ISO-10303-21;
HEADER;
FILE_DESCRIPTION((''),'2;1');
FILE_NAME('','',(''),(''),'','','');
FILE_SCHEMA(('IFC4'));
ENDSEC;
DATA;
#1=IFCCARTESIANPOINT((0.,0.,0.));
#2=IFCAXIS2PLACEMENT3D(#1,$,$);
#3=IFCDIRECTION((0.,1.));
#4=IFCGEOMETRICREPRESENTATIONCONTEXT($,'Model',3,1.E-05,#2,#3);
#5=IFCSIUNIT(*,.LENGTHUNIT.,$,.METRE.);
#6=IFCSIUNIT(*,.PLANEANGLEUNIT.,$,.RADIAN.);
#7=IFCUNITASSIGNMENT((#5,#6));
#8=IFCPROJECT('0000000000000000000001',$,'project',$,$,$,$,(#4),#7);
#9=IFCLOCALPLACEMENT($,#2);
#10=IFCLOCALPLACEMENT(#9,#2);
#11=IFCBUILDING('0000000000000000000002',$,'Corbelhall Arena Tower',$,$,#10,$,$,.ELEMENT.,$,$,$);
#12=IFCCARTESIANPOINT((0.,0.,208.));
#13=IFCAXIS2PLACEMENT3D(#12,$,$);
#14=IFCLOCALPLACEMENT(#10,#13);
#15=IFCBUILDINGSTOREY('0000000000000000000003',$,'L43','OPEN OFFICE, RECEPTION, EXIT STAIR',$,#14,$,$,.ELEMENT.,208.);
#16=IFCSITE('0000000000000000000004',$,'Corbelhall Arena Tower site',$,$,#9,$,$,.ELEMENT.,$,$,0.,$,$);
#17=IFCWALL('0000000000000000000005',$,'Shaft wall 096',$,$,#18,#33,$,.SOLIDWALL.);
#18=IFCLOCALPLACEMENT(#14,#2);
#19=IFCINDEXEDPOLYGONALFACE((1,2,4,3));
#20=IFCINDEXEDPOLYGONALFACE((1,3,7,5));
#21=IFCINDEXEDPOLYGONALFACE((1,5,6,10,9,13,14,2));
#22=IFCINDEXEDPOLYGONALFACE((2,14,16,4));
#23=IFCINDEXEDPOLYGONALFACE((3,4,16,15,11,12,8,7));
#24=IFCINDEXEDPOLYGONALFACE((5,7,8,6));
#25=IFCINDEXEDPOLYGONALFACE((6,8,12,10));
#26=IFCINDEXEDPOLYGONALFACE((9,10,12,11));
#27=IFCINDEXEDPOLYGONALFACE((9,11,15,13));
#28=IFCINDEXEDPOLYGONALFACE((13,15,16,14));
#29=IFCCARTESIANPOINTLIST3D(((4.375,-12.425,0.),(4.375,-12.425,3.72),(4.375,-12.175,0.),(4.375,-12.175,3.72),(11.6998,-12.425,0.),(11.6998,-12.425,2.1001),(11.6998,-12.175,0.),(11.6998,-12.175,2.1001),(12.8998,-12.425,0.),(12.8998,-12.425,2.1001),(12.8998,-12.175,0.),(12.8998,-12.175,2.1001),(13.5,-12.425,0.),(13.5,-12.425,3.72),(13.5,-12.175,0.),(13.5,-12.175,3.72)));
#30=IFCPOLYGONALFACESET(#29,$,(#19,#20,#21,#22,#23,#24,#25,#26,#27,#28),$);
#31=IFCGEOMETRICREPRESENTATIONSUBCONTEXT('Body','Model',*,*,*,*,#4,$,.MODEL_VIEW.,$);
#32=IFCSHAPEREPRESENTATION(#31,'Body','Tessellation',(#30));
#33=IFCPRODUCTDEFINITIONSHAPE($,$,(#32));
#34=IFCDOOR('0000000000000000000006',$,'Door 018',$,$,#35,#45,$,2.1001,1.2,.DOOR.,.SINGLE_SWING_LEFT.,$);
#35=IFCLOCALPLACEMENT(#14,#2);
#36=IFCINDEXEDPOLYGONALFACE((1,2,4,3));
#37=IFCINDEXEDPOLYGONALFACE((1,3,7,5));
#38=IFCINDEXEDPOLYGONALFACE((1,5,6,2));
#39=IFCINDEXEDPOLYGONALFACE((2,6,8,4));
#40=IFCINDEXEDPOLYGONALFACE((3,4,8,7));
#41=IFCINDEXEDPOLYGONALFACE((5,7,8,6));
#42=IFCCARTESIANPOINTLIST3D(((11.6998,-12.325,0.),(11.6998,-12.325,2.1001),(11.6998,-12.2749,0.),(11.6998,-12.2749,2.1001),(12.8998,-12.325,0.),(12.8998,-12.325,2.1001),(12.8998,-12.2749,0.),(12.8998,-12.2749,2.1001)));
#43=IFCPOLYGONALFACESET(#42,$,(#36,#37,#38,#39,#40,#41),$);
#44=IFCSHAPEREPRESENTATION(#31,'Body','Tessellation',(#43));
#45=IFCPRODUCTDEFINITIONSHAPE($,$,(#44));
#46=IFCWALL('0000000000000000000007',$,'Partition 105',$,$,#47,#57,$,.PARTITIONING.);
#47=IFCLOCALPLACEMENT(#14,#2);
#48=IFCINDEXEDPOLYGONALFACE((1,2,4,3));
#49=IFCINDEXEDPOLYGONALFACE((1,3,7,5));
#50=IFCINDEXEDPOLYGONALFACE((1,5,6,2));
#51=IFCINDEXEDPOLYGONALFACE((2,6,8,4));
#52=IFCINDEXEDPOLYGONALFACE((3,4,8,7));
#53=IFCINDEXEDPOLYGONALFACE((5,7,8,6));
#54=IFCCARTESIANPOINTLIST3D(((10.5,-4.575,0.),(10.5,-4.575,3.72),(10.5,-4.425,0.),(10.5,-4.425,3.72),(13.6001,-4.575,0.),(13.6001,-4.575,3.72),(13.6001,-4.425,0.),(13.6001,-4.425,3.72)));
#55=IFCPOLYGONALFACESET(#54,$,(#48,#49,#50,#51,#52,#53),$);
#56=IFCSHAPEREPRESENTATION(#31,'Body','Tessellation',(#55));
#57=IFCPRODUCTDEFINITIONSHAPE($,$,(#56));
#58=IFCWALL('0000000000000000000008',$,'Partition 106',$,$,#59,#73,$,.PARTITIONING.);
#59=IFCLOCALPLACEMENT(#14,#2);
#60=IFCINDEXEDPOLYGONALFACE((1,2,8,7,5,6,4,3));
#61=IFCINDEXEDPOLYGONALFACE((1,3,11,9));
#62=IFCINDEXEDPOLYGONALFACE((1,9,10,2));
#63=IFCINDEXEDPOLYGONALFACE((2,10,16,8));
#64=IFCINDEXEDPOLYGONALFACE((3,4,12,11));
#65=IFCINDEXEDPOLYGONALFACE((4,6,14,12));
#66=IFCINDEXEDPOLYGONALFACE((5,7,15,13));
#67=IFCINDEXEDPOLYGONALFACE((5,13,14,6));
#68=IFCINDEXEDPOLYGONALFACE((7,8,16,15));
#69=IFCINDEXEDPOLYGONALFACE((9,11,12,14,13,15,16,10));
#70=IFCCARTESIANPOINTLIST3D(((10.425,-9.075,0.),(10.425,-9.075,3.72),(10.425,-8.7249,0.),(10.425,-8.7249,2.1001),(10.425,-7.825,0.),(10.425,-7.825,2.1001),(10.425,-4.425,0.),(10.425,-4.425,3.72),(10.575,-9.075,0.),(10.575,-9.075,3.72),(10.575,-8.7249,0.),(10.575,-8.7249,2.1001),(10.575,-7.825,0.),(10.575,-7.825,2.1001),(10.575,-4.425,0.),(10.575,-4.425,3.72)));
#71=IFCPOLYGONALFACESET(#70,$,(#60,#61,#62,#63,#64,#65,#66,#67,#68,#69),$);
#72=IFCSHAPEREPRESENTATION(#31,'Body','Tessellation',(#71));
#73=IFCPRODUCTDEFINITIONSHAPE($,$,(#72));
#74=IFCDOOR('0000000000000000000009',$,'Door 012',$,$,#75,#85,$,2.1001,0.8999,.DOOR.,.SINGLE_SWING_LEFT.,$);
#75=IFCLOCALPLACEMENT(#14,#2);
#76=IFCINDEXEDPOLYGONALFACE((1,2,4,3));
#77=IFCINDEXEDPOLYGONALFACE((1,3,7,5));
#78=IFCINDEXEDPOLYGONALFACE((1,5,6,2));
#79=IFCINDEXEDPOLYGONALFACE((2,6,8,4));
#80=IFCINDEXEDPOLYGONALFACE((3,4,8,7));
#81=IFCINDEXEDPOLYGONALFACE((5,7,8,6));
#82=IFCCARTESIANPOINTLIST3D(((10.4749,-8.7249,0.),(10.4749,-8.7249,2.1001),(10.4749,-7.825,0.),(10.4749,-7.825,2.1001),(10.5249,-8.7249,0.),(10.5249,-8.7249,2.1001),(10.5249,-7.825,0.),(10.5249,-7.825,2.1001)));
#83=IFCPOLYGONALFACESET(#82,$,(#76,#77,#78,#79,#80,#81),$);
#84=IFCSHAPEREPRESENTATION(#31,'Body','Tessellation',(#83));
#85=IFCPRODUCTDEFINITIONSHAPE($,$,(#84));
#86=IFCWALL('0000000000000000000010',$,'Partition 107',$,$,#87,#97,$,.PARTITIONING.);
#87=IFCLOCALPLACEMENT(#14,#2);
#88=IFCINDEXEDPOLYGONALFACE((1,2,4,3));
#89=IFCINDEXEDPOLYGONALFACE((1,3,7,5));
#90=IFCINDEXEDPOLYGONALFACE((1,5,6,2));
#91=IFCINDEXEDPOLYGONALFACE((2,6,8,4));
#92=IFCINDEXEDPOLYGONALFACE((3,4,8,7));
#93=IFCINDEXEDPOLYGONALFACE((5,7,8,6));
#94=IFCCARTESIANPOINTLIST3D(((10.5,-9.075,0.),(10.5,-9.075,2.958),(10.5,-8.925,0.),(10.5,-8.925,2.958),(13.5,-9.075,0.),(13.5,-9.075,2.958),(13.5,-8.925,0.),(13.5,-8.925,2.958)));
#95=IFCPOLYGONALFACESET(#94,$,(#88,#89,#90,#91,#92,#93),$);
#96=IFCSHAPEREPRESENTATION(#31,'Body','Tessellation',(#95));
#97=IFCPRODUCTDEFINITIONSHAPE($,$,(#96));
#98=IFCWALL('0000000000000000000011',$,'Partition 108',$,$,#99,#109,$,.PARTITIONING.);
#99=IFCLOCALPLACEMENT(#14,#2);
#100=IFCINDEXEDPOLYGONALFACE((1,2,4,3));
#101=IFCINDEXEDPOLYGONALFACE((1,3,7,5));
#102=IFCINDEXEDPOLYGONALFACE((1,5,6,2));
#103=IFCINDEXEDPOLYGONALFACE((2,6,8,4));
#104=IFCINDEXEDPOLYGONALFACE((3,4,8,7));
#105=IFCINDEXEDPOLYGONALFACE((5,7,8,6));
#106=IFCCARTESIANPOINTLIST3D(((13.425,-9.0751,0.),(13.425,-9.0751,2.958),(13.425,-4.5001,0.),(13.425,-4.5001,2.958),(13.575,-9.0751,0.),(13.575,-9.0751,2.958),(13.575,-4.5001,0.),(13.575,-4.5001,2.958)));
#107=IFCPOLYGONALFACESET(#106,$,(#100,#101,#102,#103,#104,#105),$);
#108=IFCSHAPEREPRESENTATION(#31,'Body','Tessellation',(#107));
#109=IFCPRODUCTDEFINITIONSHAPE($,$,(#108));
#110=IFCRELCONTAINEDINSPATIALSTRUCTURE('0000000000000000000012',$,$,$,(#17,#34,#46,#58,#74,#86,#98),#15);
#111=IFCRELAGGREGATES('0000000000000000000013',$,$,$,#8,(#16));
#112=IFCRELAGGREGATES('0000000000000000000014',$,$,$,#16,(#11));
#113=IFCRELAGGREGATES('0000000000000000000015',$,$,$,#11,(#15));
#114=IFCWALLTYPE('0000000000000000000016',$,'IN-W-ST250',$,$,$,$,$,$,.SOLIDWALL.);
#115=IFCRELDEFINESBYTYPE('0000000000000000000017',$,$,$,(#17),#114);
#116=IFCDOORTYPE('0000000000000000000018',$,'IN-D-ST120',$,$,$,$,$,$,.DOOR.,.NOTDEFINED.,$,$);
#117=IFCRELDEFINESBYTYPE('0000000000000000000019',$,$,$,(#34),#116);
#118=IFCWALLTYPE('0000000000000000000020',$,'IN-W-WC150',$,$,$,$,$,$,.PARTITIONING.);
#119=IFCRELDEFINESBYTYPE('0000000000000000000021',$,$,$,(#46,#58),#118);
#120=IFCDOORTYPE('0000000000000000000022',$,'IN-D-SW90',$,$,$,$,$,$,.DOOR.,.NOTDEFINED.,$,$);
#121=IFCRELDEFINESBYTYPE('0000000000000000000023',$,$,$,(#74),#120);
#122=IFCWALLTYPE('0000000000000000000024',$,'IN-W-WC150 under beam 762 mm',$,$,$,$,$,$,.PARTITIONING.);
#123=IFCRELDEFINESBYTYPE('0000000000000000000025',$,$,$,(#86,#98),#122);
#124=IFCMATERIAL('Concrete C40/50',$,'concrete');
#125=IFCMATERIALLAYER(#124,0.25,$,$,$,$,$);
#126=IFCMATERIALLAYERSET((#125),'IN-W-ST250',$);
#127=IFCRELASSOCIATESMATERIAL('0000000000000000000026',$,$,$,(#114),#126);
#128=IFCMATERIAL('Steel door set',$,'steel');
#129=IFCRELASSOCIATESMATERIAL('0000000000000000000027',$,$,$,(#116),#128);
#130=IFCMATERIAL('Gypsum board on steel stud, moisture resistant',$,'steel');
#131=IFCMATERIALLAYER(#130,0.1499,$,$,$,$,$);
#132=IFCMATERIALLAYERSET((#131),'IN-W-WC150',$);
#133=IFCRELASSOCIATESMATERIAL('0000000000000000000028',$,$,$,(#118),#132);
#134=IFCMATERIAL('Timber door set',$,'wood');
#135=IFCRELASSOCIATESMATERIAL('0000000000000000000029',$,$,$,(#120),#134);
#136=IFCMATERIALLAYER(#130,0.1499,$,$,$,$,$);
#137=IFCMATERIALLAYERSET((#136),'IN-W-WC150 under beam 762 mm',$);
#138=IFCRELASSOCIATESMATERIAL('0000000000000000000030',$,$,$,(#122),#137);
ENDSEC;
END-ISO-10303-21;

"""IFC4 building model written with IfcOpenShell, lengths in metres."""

from ifc_helpers import new_model, si_unit, direction, frame, frame_2d, origin, place, context, subcontext, project, spatial, rectangle, extrude, material, layer, layer_set, type_object, element, fill, save


model = new_model("IFC4")

# Units and contexts
model_context = context("Model", 3, precision=1e-05, world=origin(), true_north=direction((0.0, 1.0)))
body_context = subcontext(model_context, "Body", "Model", "MODEL_VIEW")
ifc_project = project(units=[si_unit("LENGTHUNIT", "METRE"), si_unit("PLANEANGLEUNIT", "RADIAN")], contexts=[model_context])

# Site, building, storey
site_placement = place(None, origin())
site = spatial("IfcSite", under=ifc_project, at=site_placement, Name="Corbelhall Arena Tower site", CompositionType="ELEMENT", RefElevation=0.0)
building_placement = place(site_placement, origin())
building = spatial("IfcBuilding", under=site, at=building_placement, Name="Corbelhall Arena Tower", CompositionType="ELEMENT")
storey_placement = place(building_placement, frame((0.0, 0.0, 208.0)))
storey = spatial("IfcBuildingStorey", under=building, at=storey_placement, Name="L43", Description="OPEN OFFICE, RECEPTION, EXIT STAIR", CompositionType="ELEMENT", Elevation=208.0)

# Shared definitions
ifc_material_1 = material(Name="Steel door set", Category="steel")

# Shared definitions
ifc_material_2 = material(Name="Concrete C40/50", Category="concrete")
ifc_layer_1 = layer(ifc_material_2, 0.25)
ifc_layer_set_1 = layer_set([ifc_layer_1], Name="IN-W-ST250")
wall_type_1 = type_object("IfcWallType", Name="IN-W-ST250", PredefinedType="SOLIDWALL", material=ifc_layer_set_1)

# Wall, opening, door
wall_1_placement = place(storey_placement, frame((13.5, -12.3, 0.0), z_axis=(0.0, 0.0, 1.0), x_axis=(-1.0, 0.0, 0.0)))
wall_1 = element("IfcWall", 1, at=wall_1_placement, inside=storey, type_object=wall_type_1, Name="Shaft wall 096", PredefinedType="SOLIDWALL", context=body_context, shape_type="SweptSolid", body=[
    extrude(rectangle(XDim=9.125, YDim=0.25, at=frame_2d((4.5625, 0.0))), origin(), (0.0, 0.0, 1.0), 3.72),
])
opening_1_placement = place(wall_1_placement, frame((0.6001, 0.0, 0.0)))
opening_1 = element("IfcOpeningElement", 2, at=opening_1_placement, cuts=wall_1, PredefinedType="OPENING", context=body_context, shape_type="SweptSolid", body=[
    extrude(rectangle(XDim=1.2, YDim=2.1001, at=frame_2d((0.6001, 1.05))), frame((0.0, 0.125, 0.0), z_axis=(0.0, -1.0, 0.0), x_axis=(1.0, 0.0, 0.0)), (0.0, 0.0, 1.0), 0.25),
])
door_type_1 = type_object("IfcDoorType", Name="IN-D-ST120", OperationType="NOTDEFINED", PredefinedType="DOOR", material=ifc_material_1)
door_1_placement = place(opening_1_placement, origin())
door_1 = element("IfcDoor", 3, at=door_1_placement, inside=storey, type_object=door_type_1, Name="Door 018", OperationType="SINGLE_SWING_LEFT", OverallHeight=2.1001, OverallWidth=1.2, PredefinedType="DOOR", context=body_context, shape_type="SweptSolid", body=[
    extrude(rectangle(XDim=1.2, YDim=2.1001, at=frame_2d((0.6001, 1.05))), frame((0.0, 0.0249, 0.0), z_axis=(0.0, -1.0, 0.0), x_axis=(1.0, 0.0, 0.0)), (0.0, 0.0, 1.0), 0.05),
])
fill(opening_1, door_1)

# Wall
ifc_material_3 = material(Name="Gypsum board on steel stud, moisture resistant", Category="steel")
ifc_layer_2 = layer(ifc_material_3, 0.1499)
ifc_layer_set_2 = layer_set([ifc_layer_2], Name="IN-W-WC150")
wall_type_2 = type_object("IfcWallType", Name="IN-W-WC150", PredefinedType="PARTITIONING", material=ifc_layer_set_2)
wall_2_placement = place(storey_placement, frame((10.5, -4.5, 0.0), z_axis=(0.0, 0.0, 1.0), x_axis=(1.0, 0.0, 0.0)))
element("IfcWall", 4, at=wall_2_placement, inside=storey, type_object=wall_type_2, Name="Partition 105", PredefinedType="PARTITIONING", context=body_context, shape_type="SweptSolid", body=[
    extrude(rectangle(XDim=3.1001, YDim=0.1499, at=frame_2d((1.55, 0.0))), origin(), (0.0, 0.0, 1.0), 3.72),
])

# Wall, opening, door
wall_3_placement = place(storey_placement, frame((10.5, -4.425, 0.0), z_axis=(0.0, 0.0, 1.0), x_axis=(0.0, -1.0, 0.0)))
wall_3 = element("IfcWall", 5, at=wall_3_placement, inside=storey, type_object=wall_type_2, Name="Partition 106", PredefinedType="PARTITIONING", context=body_context, shape_type="SweptSolid", body=[
    extrude(rectangle(XDim=4.6499, YDim=0.1499, at=frame_2d((2.325, 0.0))), origin(), (0.0, 0.0, 1.0), 3.72),
])
opening_2_placement = place(wall_3_placement, frame((3.3999, 0.0, 0.0)))
opening_2 = element("IfcOpeningElement", 6, at=opening_2_placement, cuts=wall_3, PredefinedType="OPENING", context=body_context, shape_type="SweptSolid", body=[
    extrude(rectangle(XDim=0.8999, YDim=2.1001, at=frame_2d((0.45, 1.05))), frame((0.0, 0.075, 0.0), z_axis=(0.0, -1.0, 0.0), x_axis=(1.0, 0.0, 0.0)), (0.0, 0.0, 1.0), 0.1499),
])
ifc_material_4 = material(Name="Timber door set", Category="wood")
door_type_2 = type_object("IfcDoorType", Name="IN-D-SW90", OperationType="NOTDEFINED", PredefinedType="DOOR", material=ifc_material_4)
door_2_placement = place(opening_2_placement, origin())
door_2 = element("IfcDoor", 7, at=door_2_placement, inside=storey, type_object=door_type_2, Name="Door 012", OperationType="SINGLE_SWING_LEFT", OverallHeight=2.1001, OverallWidth=0.8999, PredefinedType="DOOR", context=body_context, shape_type="SweptSolid", body=[
    extrude(rectangle(XDim=0.8999, YDim=2.1001, at=frame_2d((0.45, 1.05))), frame((0.0, 0.0249, 0.0), z_axis=(0.0, -1.0, 0.0), x_axis=(1.0, 0.0, 0.0)), (0.0, 0.0, 1.0), 0.05),
])
fill(opening_2, door_2)

# Walls
ifc_layer_3 = layer(ifc_material_3, 0.1499)
ifc_layer_set_3 = layer_set([ifc_layer_3], Name="IN-W-WC150 under beam 762 mm")
wall_type_3 = type_object("IfcWallType", Name="IN-W-WC150 under beam 762 mm", PredefinedType="PARTITIONING", material=ifc_layer_set_3)
wall_4_placement = place(storey_placement, frame((13.5, -9.0, 0.0), z_axis=(0.0, 0.0, 1.0), x_axis=(-1.0, 0.0, 0.0)))
element("IfcWall", 8, at=wall_4_placement, inside=storey, type_object=wall_type_3, Name="Partition 107", PredefinedType="PARTITIONING", context=body_context, shape_type="SweptSolid", body=[
    extrude(rectangle(XDim=3.0, YDim=0.1499, at=frame_2d((1.5, 0.0))), origin(), (0.0, 0.0, 1.0), 2.958),
])
wall_5_placement = place(storey_placement, frame((13.5, -4.5, 0.0), z_axis=(0.0, 0.0, 1.0), x_axis=(0.0, -1.0, 0.0)))
element("IfcWall", 9, at=wall_5_placement, inside=storey, type_object=wall_type_3, Name="Partition 108", PredefinedType="PARTITIONING", context=body_context, shape_type="SweptSolid", body=[
    extrude(rectangle(XDim=4.575, YDim=0.1499, at=frame_2d((2.2876, 0.0))), origin(), (0.0, 0.0, 1.0), 2.958),
])

save(model, "model.ifc")
